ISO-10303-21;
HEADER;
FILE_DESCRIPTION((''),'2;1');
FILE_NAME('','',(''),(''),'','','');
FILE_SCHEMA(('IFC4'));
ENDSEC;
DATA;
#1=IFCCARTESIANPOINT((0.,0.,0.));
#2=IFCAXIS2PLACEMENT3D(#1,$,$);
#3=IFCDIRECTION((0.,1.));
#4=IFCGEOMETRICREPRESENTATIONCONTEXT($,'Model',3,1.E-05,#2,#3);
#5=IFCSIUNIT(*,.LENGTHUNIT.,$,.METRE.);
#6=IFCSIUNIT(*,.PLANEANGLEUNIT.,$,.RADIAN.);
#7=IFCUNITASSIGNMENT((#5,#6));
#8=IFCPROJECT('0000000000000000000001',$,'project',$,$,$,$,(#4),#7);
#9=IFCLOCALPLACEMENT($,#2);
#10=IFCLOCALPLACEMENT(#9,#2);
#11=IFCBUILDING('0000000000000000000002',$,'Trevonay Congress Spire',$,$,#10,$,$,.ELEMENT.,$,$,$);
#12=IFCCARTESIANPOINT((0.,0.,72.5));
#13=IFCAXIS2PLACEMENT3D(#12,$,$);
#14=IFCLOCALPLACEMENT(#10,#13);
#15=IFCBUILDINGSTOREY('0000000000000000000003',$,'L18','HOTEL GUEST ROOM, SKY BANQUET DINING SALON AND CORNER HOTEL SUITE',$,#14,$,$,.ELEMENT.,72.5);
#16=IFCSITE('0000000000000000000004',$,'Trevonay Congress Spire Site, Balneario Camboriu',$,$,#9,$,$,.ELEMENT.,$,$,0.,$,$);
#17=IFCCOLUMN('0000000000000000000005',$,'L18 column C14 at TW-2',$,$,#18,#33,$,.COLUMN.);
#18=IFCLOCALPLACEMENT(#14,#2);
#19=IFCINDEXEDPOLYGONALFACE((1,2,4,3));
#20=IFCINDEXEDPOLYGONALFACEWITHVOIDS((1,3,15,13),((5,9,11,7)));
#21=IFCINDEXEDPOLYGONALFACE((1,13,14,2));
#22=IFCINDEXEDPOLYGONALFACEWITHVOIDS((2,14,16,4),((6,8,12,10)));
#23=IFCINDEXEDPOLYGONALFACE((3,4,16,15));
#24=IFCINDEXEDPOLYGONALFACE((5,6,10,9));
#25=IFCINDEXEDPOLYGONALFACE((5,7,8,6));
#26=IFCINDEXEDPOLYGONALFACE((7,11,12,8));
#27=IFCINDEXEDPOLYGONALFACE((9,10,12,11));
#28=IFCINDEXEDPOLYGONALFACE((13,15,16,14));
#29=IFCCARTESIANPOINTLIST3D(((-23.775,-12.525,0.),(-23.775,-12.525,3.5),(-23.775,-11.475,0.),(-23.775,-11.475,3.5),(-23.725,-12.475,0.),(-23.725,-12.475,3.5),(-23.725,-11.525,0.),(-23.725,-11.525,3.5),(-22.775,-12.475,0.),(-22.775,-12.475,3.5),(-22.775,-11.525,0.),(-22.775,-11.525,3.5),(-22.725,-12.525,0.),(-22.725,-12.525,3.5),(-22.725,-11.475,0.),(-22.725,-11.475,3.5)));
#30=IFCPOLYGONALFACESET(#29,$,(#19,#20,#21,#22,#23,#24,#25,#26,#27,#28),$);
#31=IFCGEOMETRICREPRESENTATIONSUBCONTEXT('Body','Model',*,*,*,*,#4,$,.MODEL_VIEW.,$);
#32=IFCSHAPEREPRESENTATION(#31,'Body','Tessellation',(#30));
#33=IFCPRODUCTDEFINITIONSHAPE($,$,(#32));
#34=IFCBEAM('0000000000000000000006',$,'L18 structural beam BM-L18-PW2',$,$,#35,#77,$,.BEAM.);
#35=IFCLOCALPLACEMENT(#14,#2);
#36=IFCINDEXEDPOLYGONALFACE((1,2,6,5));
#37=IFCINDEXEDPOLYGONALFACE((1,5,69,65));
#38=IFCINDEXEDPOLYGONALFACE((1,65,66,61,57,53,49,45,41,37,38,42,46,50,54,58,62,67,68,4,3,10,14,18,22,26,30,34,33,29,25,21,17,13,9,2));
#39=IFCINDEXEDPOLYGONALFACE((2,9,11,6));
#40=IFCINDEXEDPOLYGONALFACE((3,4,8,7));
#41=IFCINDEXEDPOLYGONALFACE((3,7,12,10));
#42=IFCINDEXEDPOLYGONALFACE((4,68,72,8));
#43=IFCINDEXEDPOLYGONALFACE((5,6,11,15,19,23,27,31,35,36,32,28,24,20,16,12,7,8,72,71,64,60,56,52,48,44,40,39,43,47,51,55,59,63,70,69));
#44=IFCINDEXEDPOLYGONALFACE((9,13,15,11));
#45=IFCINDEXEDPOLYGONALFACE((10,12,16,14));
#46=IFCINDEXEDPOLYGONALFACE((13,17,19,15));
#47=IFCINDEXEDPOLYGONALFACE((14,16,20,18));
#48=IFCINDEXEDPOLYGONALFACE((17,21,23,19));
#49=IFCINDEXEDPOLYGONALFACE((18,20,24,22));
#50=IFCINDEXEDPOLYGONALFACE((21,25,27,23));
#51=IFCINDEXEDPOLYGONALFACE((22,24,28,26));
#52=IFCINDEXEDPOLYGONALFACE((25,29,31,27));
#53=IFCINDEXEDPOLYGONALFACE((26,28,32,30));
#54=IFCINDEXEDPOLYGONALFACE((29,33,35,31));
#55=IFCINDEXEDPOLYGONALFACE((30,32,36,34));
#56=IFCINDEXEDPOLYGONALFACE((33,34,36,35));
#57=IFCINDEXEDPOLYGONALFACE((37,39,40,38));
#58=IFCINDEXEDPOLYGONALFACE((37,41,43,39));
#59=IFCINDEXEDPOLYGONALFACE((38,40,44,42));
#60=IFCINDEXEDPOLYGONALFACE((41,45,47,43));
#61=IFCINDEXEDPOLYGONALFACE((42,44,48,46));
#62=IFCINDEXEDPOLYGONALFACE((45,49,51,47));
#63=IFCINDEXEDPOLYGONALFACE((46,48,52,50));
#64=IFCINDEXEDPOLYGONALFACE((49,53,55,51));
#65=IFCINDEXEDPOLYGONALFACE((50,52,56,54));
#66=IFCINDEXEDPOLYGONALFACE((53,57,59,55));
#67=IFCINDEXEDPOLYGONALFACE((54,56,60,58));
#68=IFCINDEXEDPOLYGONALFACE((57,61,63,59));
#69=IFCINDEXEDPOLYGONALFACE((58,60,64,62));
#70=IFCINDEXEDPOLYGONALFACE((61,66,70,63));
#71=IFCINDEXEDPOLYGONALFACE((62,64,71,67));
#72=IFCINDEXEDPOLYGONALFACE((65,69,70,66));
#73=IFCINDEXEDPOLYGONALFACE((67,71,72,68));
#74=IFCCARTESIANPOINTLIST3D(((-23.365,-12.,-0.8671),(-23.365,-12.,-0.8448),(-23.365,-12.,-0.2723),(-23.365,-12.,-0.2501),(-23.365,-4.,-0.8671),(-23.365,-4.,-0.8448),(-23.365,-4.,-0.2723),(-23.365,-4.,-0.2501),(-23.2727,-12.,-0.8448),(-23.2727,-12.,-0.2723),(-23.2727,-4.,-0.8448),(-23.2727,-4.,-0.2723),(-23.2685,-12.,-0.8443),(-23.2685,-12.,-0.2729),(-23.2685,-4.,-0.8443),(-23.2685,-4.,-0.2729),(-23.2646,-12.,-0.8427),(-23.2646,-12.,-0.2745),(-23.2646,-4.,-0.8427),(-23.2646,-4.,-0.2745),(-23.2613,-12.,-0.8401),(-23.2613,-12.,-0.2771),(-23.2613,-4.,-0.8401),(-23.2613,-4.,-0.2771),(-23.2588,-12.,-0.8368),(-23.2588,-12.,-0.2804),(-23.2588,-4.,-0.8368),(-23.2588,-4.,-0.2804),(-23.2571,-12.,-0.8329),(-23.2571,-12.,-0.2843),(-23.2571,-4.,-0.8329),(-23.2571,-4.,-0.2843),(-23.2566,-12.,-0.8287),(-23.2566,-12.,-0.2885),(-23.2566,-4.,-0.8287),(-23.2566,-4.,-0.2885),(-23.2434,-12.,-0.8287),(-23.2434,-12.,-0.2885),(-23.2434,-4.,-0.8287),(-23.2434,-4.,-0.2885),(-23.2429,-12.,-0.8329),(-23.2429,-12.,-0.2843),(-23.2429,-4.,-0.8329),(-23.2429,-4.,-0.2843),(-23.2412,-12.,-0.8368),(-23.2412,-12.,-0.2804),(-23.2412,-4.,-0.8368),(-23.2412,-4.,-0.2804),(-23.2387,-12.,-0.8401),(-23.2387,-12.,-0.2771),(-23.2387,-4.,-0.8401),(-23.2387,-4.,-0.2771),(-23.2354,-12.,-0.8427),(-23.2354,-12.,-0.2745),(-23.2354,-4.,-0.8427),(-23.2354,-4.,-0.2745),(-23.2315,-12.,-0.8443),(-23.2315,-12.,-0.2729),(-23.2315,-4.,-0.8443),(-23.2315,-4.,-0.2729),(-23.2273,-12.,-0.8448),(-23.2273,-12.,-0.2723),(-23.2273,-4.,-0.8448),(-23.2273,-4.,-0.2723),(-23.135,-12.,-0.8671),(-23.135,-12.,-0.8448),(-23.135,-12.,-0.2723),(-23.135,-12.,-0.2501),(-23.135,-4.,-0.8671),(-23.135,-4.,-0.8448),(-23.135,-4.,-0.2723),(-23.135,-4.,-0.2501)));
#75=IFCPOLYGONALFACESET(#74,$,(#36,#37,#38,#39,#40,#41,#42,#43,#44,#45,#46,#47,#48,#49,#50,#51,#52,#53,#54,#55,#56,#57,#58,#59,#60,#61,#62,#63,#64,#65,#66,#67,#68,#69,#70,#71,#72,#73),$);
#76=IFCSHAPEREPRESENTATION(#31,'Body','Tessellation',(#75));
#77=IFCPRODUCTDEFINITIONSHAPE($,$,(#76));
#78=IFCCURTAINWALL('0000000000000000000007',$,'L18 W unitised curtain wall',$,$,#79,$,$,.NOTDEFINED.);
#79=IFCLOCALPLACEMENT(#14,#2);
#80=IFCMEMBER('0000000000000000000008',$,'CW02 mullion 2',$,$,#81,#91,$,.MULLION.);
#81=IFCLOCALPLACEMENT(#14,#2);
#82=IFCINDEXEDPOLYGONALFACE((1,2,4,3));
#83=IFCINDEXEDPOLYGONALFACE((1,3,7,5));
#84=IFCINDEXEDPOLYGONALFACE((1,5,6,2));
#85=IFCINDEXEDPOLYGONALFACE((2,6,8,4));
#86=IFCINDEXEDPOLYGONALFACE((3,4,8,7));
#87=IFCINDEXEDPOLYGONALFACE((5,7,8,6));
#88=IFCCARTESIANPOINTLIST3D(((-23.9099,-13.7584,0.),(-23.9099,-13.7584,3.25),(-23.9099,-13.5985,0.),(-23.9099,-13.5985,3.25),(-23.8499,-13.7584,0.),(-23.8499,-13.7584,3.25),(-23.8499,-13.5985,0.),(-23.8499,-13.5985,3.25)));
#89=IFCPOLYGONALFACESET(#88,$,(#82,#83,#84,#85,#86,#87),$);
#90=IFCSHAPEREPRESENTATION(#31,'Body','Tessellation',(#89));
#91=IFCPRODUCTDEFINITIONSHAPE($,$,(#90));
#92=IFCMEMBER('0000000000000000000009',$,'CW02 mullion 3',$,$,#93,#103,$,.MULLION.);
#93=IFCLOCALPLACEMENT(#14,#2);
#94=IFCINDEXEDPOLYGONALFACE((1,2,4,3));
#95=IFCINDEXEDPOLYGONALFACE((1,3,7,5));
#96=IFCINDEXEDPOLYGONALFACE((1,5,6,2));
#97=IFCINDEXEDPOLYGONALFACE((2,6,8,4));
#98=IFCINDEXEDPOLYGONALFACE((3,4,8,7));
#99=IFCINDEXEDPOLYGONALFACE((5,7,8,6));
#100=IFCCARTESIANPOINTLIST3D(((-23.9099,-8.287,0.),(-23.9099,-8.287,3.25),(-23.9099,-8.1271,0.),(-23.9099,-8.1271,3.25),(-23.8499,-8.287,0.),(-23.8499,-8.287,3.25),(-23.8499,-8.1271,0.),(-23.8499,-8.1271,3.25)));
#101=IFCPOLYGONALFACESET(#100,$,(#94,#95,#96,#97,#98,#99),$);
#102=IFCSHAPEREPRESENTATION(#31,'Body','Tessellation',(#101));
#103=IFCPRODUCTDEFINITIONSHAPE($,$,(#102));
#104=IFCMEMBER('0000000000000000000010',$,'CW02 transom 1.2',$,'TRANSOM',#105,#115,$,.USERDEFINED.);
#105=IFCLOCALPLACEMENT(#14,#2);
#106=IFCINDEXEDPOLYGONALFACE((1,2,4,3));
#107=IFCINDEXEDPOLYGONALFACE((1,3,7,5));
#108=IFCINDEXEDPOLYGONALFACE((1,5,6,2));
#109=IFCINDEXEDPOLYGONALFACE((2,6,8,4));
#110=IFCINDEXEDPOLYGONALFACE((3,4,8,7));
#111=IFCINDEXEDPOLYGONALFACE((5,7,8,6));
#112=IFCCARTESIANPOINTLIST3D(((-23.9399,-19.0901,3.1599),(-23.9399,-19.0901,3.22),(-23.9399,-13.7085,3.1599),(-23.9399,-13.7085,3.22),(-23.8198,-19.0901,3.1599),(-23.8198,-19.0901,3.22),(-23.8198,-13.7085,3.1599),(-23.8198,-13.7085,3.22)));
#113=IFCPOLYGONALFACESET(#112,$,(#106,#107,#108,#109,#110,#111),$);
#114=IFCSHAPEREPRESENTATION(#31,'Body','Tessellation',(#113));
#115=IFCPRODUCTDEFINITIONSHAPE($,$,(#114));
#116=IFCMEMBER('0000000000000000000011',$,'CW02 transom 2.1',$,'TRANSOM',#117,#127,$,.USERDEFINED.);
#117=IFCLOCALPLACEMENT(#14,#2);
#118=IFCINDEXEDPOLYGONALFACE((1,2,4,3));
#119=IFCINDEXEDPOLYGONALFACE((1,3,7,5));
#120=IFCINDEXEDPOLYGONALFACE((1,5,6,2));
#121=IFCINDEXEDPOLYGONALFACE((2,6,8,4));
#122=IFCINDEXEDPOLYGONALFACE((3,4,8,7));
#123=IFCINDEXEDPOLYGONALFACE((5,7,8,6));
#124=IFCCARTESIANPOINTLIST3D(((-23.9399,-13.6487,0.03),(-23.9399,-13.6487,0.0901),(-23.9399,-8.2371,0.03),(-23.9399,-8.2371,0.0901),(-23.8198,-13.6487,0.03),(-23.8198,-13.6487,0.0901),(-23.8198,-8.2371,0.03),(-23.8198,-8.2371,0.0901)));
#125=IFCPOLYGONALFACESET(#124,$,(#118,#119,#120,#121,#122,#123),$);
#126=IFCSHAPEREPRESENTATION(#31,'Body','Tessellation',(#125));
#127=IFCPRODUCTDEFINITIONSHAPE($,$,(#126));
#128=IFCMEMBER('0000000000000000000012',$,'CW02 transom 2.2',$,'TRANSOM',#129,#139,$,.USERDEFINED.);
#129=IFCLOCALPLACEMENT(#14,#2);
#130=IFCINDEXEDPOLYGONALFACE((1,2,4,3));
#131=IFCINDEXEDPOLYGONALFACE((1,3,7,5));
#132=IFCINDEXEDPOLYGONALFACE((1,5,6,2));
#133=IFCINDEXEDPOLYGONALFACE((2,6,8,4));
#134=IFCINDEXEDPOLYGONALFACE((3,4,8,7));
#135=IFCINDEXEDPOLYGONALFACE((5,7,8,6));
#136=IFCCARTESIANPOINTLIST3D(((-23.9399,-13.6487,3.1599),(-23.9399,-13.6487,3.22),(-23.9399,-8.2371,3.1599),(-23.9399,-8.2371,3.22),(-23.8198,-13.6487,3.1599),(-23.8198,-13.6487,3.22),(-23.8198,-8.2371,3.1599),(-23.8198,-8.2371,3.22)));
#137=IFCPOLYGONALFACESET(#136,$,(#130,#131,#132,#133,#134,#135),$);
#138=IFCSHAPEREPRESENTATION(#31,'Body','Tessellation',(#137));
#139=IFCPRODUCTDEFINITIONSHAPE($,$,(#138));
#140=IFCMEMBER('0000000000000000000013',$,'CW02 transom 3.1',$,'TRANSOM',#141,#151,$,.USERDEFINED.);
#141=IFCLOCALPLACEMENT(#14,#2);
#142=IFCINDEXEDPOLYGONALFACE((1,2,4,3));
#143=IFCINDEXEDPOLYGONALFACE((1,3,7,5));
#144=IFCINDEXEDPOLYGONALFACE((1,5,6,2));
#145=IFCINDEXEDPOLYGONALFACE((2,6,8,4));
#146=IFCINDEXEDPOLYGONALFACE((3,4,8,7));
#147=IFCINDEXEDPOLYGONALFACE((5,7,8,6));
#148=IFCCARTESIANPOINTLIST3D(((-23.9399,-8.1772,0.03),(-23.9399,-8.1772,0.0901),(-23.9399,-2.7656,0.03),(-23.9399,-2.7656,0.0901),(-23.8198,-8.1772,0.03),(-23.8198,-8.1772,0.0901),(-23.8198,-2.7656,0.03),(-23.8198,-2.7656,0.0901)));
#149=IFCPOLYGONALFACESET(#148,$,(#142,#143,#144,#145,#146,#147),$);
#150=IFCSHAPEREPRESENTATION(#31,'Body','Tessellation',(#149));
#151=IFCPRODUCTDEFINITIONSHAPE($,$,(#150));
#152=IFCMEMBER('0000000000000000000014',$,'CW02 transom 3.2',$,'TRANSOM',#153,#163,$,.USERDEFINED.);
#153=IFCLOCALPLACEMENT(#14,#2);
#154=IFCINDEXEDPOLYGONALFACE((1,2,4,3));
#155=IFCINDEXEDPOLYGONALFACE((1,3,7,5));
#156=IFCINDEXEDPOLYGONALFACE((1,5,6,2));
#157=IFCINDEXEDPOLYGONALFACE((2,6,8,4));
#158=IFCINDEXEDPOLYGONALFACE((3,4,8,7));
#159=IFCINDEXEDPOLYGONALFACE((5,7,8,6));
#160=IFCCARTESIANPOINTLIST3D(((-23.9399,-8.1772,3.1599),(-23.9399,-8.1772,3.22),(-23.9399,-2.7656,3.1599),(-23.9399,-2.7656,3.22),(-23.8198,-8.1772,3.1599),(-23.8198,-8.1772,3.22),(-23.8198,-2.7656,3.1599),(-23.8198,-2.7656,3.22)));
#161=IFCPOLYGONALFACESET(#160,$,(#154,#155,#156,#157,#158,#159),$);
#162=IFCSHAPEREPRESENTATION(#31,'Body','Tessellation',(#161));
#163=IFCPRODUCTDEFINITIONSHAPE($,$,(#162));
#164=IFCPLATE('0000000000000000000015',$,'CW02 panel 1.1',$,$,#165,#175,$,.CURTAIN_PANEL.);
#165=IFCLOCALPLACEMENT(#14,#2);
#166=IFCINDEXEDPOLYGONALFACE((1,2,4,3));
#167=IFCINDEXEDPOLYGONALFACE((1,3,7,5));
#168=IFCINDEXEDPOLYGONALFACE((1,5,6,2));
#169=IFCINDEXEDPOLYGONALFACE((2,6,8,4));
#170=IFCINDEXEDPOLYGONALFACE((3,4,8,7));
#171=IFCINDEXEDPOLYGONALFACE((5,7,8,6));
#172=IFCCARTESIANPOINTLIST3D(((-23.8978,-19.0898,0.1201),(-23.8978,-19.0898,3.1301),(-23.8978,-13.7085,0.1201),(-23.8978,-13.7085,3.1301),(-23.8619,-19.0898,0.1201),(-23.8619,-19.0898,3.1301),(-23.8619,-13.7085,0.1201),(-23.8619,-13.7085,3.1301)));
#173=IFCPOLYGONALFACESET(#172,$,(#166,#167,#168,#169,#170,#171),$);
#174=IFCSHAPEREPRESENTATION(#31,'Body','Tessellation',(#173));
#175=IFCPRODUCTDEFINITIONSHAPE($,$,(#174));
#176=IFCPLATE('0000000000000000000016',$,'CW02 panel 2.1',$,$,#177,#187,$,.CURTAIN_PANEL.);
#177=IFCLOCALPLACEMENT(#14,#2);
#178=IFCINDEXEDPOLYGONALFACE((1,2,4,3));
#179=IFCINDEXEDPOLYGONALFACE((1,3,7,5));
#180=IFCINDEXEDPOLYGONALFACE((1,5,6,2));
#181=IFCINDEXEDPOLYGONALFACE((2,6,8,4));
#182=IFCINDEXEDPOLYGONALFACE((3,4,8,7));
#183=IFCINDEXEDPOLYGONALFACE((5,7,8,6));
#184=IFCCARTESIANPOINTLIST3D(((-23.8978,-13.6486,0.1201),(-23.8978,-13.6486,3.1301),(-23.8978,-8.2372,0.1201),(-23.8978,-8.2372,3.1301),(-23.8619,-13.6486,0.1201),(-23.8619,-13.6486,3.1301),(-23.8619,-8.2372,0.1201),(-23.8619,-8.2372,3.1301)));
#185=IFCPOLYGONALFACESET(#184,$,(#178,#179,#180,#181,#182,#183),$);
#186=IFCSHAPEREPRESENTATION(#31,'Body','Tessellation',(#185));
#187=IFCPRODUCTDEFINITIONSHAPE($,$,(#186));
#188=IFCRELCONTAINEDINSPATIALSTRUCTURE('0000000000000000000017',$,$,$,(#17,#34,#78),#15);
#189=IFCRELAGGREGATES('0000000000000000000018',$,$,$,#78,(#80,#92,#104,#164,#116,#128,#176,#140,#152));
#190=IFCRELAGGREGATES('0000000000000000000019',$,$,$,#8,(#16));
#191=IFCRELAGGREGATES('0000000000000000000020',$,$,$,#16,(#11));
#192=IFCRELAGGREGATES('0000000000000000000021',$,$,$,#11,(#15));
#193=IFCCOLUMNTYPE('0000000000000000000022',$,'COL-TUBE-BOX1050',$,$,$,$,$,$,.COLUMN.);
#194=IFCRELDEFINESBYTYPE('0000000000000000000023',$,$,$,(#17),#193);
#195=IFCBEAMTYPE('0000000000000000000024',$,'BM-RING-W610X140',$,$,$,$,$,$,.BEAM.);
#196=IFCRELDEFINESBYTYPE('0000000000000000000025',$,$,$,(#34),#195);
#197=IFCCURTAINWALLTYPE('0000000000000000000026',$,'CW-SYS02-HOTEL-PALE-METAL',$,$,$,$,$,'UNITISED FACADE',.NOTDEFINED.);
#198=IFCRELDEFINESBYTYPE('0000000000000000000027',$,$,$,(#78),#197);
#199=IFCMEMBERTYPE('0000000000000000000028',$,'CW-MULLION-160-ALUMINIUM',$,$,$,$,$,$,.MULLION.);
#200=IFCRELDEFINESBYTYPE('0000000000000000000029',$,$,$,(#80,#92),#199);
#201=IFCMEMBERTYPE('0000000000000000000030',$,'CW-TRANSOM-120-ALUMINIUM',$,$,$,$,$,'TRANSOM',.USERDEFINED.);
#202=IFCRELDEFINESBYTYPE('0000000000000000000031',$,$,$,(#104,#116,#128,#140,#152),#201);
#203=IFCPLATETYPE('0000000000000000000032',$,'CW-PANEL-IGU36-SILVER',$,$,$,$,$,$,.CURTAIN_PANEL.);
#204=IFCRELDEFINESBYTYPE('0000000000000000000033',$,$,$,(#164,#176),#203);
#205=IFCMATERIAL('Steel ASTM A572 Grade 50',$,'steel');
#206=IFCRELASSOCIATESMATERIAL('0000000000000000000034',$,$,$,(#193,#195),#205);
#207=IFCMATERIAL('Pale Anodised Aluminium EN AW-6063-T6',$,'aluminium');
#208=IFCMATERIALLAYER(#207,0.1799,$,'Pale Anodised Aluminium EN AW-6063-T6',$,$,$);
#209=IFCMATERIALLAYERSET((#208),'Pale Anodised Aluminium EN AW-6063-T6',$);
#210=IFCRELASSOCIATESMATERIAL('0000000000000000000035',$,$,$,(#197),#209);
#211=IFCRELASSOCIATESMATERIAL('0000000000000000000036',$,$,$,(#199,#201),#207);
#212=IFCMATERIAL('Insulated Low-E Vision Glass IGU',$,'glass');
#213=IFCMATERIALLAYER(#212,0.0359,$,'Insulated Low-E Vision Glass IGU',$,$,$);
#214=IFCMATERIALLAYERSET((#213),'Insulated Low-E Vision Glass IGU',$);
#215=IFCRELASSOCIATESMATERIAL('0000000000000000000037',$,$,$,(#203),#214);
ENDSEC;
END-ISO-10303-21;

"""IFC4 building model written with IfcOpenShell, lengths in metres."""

from ifc_helpers import new_model, si_unit, direction, frame, origin, origin_2d, place, context, subcontext, project, spatial, rectangle, hollow_rectangle, i_section, extrude, material, layer, layer_set, material_profile, profile_set, type_object, element, aggregate, save


model = new_model("IFC4")

# Units and contexts
model_context = context("Model", 3, precision=1e-05, world=origin(), true_north=direction((0.0, 1.0)))
body_context = subcontext(model_context, "Body", "Model", "MODEL_VIEW")
ifc_project = project(units=[si_unit("LENGTHUNIT", "METRE"), si_unit("PLANEANGLEUNIT", "RADIAN")], contexts=[model_context])

# Site, building, storey
site_placement = place(None, origin())
site = spatial("IfcSite", under=ifc_project, at=site_placement, Name="Trevonay Congress Spire Site, Balneario Camboriu", CompositionType="ELEMENT", RefElevation=0.0)
building_placement = place(site_placement, origin())
building = spatial("IfcBuilding", under=site, at=building_placement, Name="Trevonay Congress Spire", CompositionType="ELEMENT")
storey_placement = place(building_placement, frame((0.0, 0.0, 72.5)))
storey = spatial("IfcBuildingStorey", under=building, at=storey_placement, Name="L18", Description="HOTEL GUEST ROOM, SKY BANQUET DINING SALON AND CORNER HOTEL SUITE", CompositionType="ELEMENT", Elevation=72.5)

# Column
ifc_material_1 = material(Name="Steel ASTM A572 Grade 50", Category="steel")
ifc_material_profile_1 = material_profile(ifc_material_1, hollow_rectangle(XDim=1.05, YDim=1.05, WallThickness=0.05, at=origin_2d()), Name="BOX 1050x1050x50")
ifc_profile_set_1 = profile_set([ifc_material_profile_1], Name="Steel ASTM A572 Grade 50")
column_type = type_object("IfcColumnType", Name="COL-TUBE-BOX1050", PredefinedType="COLUMN", material=ifc_profile_set_1)
column_placement = place(storey_placement, frame((-23.25, -12.0, 0.0), z_axis=(0.0, 0.0, 1.0), x_axis=(1.0, 0.0, 0.0)))
element("IfcColumn", 1, at=column_placement, inside=storey, type_object=column_type, Name="L18 column C14 at TW-2", PredefinedType="COLUMN", context=body_context, shape_type="SweptSolid", body=[
    extrude(hollow_rectangle(XDim=1.05, YDim=1.05, WallThickness=0.05, at=origin_2d()), origin(), (0.0, 0.0, 1.0), 3.5),
])

# Beam
ifc_material_profile_2 = material_profile(ifc_material_1, i_section(OverallWidth=0.23, OverallDepth=0.6169, WebThickness=0.0132, FlangeThickness=0.0222, FilletRadius=0.0161, at=origin_2d()), Name="W610x140")
ifc_profile_set_2 = profile_set([ifc_material_profile_2], Name="Steel ASTM A572 Grade 50")
beam_type = type_object("IfcBeamType", Name="BM-RING-W610X140", PredefinedType="BEAM", material=ifc_profile_set_2)
beam_placement = place(storey_placement, frame((-23.25, -12.0, -0.5586), z_axis=(0.0, 1.0, 0.0), x_axis=(-1.0, 0.0, 0.0)))
element("IfcBeam", 2, at=beam_placement, inside=storey, type_object=beam_type, Name="L18 structural beam BM-L18-PW2", PredefinedType="BEAM", context=body_context, shape_type="SweptSolid", body=[
    extrude(i_section(OverallWidth=0.23, OverallDepth=0.6169, WebThickness=0.0132, FlangeThickness=0.0222, FilletRadius=0.0161, at=origin_2d()), origin(), (0.0, 0.0, 1.0), 8.0),
])

# Curtain wall, members, plates
ifc_material_2 = material(Name="Pale Anodised Aluminium EN AW-6063-T6", Category="aluminium")
ifc_layer_1 = layer(ifc_material_2, 0.1799, Name="Pale Anodised Aluminium EN AW-6063-T6")
ifc_layer_set_1 = layer_set([ifc_layer_1], Name="Pale Anodised Aluminium EN AW-6063-T6")
curtain_wall_type = type_object("IfcCurtainWallType", Name="CW-SYS02-HOTEL-PALE-METAL", ElementType="UNITISED FACADE", PredefinedType="NOTDEFINED", material=ifc_layer_set_1)
curtain_wall_placement = place(storey_placement, origin())
curtain_wall = element("IfcCurtainWall", 3, at=curtain_wall_placement, inside=storey, type_object=curtain_wall_type, Name="L18 W unitised curtain wall", PredefinedType="NOTDEFINED")
ifc_material_profile_3 = material_profile(ifc_material_2, rectangle(XDim=0.0601, YDim=0.1599, at=origin_2d()), Name="CW-MULLION-160-ALUMINIUM")
ifc_profile_set_3 = profile_set([ifc_material_profile_3], Name="Pale Anodised Aluminium EN AW-6063-T6")
member_type_1 = type_object("IfcMemberType", Name="CW-MULLION-160-ALUMINIUM", PredefinedType="MULLION", material=ifc_profile_set_3)
member_1_placement = place(storey_placement, frame((-23.8799, -13.6785, 0.0), z_axis=(0.0, 0.0, 1.0), x_axis=(-1.0, 0.0, 0.0)))
member_1 = element("IfcMember", 4, at=member_1_placement, type_object=member_type_1, Name="CW02 mullion 2", PredefinedType="MULLION", context=body_context, shape_type="SweptSolid", body=[
    extrude(rectangle(XDim=0.0601, YDim=0.1599, at=origin_2d()), origin(), (0.0, 0.0, 1.0), 3.25),
])
member_2_placement = place(storey_placement, frame((-23.8799, -8.207, 0.0), z_axis=(0.0, 0.0, 1.0), x_axis=(-1.0, 0.0, 0.0)))
member_2 = element("IfcMember", 5, at=member_2_placement, type_object=member_type_1, Name="CW02 mullion 3", PredefinedType="MULLION", context=body_context, shape_type="SweptSolid", body=[
    extrude(rectangle(XDim=0.0601, YDim=0.1599, at=origin_2d()), origin(), (0.0, 0.0, 1.0), 3.25),
])
ifc_material_profile_4 = material_profile(ifc_material_2, rectangle(XDim=0.1201, YDim=0.0601, at=origin_2d()), Name="CW-TRANSOM-120-ALUMINIUM")
ifc_profile_set_4 = profile_set([ifc_material_profile_4], Name="Pale Anodised Aluminium EN AW-6063-T6")
member_type_2 = type_object("IfcMemberType", Name="CW-TRANSOM-120-ALUMINIUM", ElementType="TRANSOM", PredefinedType="USERDEFINED", material=ifc_profile_set_4)
member_3_placement = place(storey_placement, frame((-23.8799, -19.0901, 3.1899), z_axis=(0.0, 1.0, 0.0), x_axis=(-1.0, 0.0, 0.0)))
member_3 = element("IfcMember", 6, at=member_3_placement, type_object=member_type_2, Name="CW02 transom 1.2", ObjectType="TRANSOM", PredefinedType="USERDEFINED", context=body_context, shape_type="SweptSolid", body=[
    extrude(rectangle(XDim=0.1201, YDim=0.0601, at=origin_2d()), origin(), (0.0, 0.0, 1.0), 5.3816),
])
member_4_placement = place(storey_placement, frame((-23.8799, -13.6487, 0.0601), z_axis=(0.0, 1.0, 0.0), x_axis=(-1.0, 0.0, 0.0)))
member_4 = element("IfcMember", 7, at=member_4_placement, type_object=member_type_2, Name="CW02 transom 2.1", ObjectType="TRANSOM", PredefinedType="USERDEFINED", context=body_context, shape_type="SweptSolid", body=[
    extrude(rectangle(XDim=0.1201, YDim=0.0601, at=origin_2d()), origin(), (0.0, 0.0, 1.0), 5.4116),
])
member_5_placement = place(storey_placement, frame((-23.8799, -13.6487, 3.1899), z_axis=(0.0, 1.0, 0.0), x_axis=(-1.0, 0.0, 0.0)))
member_5 = element("IfcMember", 8, at=member_5_placement, type_object=member_type_2, Name="CW02 transom 2.2", ObjectType="TRANSOM", PredefinedType="USERDEFINED", context=body_context, shape_type="SweptSolid", body=[
    extrude(rectangle(XDim=0.1201, YDim=0.0601, at=origin_2d()), origin(), (0.0, 0.0, 1.0), 5.4116),
])
member_6_placement = place(storey_placement, frame((-23.8799, -8.1772, 0.0601), z_axis=(0.0, 1.0, 0.0), x_axis=(-1.0, 0.0, 0.0)))
member_6 = element("IfcMember", 9, at=member_6_placement, type_object=member_type_2, Name="CW02 transom 3.1", ObjectType="TRANSOM", PredefinedType="USERDEFINED", context=body_context, shape_type="SweptSolid", body=[
    extrude(rectangle(XDim=0.1201, YDim=0.0601, at=origin_2d()), origin(), (0.0, 0.0, 1.0), 5.4116),
])
member_7_placement = place(storey_placement, frame((-23.8799, -8.1772, 3.1899), z_axis=(0.0, 1.0, 0.0), x_axis=(-1.0, 0.0, 0.0)))
member_7 = element("IfcMember", 10, at=member_7_placement, type_object=member_type_2, Name="CW02 transom 3.2", ObjectType="TRANSOM", PredefinedType="USERDEFINED", context=body_context, shape_type="SweptSolid", body=[
    extrude(rectangle(XDim=0.1201, YDim=0.0601, at=origin_2d()), origin(), (0.0, 0.0, 1.0), 5.4116),
])
ifc_material_3 = material(Name="Insulated Low-E Vision Glass IGU", Category="glass")
ifc_layer_2 = layer(ifc_material_3, 0.0359, Name="Insulated Low-E Vision Glass IGU")
ifc_layer_set_2 = layer_set([ifc_layer_2], Name="Insulated Low-E Vision Glass IGU")
plate_type = type_object("IfcPlateType", Name="CW-PANEL-IGU36-SILVER", PredefinedType="CURTAIN_PANEL", material=ifc_layer_set_2)
plate_1_placement = place(storey_placement, frame((-23.8799, -16.3992, 0.1201), z_axis=(0.0, 0.0, 1.0), x_axis=(0.0, 1.0, 0.0)))
plate_1 = element("IfcPlate", 11, at=plate_1_placement, type_object=plate_type, Name="CW02 panel 1.1", PredefinedType="CURTAIN_PANEL", context=body_context, shape_type="SweptSolid", body=[
    extrude(rectangle(XDim=5.3813, YDim=0.0359, at=origin_2d()), origin(), (0.0, 0.0, 1.0), 3.01),
])
plate_2_placement = place(storey_placement, frame((-23.8799, -10.9429, 0.1201), z_axis=(0.0, 0.0, 1.0), x_axis=(0.0, 1.0, 0.0)))
plate_2 = element("IfcPlate", 12, at=plate_2_placement, type_object=plate_type, Name="CW02 panel 2.1", PredefinedType="CURTAIN_PANEL", context=body_context, shape_type="SweptSolid", body=[
    extrude(rectangle(XDim=5.4114, YDim=0.0359, at=origin_2d()), origin(), (0.0, 0.0, 1.0), 3.01),
])
aggregate(curtain_wall, [member_1, member_2, member_3, plate_1, member_4, member_5, plate_2, member_6, member_7])

save(model, "model.ifc")
